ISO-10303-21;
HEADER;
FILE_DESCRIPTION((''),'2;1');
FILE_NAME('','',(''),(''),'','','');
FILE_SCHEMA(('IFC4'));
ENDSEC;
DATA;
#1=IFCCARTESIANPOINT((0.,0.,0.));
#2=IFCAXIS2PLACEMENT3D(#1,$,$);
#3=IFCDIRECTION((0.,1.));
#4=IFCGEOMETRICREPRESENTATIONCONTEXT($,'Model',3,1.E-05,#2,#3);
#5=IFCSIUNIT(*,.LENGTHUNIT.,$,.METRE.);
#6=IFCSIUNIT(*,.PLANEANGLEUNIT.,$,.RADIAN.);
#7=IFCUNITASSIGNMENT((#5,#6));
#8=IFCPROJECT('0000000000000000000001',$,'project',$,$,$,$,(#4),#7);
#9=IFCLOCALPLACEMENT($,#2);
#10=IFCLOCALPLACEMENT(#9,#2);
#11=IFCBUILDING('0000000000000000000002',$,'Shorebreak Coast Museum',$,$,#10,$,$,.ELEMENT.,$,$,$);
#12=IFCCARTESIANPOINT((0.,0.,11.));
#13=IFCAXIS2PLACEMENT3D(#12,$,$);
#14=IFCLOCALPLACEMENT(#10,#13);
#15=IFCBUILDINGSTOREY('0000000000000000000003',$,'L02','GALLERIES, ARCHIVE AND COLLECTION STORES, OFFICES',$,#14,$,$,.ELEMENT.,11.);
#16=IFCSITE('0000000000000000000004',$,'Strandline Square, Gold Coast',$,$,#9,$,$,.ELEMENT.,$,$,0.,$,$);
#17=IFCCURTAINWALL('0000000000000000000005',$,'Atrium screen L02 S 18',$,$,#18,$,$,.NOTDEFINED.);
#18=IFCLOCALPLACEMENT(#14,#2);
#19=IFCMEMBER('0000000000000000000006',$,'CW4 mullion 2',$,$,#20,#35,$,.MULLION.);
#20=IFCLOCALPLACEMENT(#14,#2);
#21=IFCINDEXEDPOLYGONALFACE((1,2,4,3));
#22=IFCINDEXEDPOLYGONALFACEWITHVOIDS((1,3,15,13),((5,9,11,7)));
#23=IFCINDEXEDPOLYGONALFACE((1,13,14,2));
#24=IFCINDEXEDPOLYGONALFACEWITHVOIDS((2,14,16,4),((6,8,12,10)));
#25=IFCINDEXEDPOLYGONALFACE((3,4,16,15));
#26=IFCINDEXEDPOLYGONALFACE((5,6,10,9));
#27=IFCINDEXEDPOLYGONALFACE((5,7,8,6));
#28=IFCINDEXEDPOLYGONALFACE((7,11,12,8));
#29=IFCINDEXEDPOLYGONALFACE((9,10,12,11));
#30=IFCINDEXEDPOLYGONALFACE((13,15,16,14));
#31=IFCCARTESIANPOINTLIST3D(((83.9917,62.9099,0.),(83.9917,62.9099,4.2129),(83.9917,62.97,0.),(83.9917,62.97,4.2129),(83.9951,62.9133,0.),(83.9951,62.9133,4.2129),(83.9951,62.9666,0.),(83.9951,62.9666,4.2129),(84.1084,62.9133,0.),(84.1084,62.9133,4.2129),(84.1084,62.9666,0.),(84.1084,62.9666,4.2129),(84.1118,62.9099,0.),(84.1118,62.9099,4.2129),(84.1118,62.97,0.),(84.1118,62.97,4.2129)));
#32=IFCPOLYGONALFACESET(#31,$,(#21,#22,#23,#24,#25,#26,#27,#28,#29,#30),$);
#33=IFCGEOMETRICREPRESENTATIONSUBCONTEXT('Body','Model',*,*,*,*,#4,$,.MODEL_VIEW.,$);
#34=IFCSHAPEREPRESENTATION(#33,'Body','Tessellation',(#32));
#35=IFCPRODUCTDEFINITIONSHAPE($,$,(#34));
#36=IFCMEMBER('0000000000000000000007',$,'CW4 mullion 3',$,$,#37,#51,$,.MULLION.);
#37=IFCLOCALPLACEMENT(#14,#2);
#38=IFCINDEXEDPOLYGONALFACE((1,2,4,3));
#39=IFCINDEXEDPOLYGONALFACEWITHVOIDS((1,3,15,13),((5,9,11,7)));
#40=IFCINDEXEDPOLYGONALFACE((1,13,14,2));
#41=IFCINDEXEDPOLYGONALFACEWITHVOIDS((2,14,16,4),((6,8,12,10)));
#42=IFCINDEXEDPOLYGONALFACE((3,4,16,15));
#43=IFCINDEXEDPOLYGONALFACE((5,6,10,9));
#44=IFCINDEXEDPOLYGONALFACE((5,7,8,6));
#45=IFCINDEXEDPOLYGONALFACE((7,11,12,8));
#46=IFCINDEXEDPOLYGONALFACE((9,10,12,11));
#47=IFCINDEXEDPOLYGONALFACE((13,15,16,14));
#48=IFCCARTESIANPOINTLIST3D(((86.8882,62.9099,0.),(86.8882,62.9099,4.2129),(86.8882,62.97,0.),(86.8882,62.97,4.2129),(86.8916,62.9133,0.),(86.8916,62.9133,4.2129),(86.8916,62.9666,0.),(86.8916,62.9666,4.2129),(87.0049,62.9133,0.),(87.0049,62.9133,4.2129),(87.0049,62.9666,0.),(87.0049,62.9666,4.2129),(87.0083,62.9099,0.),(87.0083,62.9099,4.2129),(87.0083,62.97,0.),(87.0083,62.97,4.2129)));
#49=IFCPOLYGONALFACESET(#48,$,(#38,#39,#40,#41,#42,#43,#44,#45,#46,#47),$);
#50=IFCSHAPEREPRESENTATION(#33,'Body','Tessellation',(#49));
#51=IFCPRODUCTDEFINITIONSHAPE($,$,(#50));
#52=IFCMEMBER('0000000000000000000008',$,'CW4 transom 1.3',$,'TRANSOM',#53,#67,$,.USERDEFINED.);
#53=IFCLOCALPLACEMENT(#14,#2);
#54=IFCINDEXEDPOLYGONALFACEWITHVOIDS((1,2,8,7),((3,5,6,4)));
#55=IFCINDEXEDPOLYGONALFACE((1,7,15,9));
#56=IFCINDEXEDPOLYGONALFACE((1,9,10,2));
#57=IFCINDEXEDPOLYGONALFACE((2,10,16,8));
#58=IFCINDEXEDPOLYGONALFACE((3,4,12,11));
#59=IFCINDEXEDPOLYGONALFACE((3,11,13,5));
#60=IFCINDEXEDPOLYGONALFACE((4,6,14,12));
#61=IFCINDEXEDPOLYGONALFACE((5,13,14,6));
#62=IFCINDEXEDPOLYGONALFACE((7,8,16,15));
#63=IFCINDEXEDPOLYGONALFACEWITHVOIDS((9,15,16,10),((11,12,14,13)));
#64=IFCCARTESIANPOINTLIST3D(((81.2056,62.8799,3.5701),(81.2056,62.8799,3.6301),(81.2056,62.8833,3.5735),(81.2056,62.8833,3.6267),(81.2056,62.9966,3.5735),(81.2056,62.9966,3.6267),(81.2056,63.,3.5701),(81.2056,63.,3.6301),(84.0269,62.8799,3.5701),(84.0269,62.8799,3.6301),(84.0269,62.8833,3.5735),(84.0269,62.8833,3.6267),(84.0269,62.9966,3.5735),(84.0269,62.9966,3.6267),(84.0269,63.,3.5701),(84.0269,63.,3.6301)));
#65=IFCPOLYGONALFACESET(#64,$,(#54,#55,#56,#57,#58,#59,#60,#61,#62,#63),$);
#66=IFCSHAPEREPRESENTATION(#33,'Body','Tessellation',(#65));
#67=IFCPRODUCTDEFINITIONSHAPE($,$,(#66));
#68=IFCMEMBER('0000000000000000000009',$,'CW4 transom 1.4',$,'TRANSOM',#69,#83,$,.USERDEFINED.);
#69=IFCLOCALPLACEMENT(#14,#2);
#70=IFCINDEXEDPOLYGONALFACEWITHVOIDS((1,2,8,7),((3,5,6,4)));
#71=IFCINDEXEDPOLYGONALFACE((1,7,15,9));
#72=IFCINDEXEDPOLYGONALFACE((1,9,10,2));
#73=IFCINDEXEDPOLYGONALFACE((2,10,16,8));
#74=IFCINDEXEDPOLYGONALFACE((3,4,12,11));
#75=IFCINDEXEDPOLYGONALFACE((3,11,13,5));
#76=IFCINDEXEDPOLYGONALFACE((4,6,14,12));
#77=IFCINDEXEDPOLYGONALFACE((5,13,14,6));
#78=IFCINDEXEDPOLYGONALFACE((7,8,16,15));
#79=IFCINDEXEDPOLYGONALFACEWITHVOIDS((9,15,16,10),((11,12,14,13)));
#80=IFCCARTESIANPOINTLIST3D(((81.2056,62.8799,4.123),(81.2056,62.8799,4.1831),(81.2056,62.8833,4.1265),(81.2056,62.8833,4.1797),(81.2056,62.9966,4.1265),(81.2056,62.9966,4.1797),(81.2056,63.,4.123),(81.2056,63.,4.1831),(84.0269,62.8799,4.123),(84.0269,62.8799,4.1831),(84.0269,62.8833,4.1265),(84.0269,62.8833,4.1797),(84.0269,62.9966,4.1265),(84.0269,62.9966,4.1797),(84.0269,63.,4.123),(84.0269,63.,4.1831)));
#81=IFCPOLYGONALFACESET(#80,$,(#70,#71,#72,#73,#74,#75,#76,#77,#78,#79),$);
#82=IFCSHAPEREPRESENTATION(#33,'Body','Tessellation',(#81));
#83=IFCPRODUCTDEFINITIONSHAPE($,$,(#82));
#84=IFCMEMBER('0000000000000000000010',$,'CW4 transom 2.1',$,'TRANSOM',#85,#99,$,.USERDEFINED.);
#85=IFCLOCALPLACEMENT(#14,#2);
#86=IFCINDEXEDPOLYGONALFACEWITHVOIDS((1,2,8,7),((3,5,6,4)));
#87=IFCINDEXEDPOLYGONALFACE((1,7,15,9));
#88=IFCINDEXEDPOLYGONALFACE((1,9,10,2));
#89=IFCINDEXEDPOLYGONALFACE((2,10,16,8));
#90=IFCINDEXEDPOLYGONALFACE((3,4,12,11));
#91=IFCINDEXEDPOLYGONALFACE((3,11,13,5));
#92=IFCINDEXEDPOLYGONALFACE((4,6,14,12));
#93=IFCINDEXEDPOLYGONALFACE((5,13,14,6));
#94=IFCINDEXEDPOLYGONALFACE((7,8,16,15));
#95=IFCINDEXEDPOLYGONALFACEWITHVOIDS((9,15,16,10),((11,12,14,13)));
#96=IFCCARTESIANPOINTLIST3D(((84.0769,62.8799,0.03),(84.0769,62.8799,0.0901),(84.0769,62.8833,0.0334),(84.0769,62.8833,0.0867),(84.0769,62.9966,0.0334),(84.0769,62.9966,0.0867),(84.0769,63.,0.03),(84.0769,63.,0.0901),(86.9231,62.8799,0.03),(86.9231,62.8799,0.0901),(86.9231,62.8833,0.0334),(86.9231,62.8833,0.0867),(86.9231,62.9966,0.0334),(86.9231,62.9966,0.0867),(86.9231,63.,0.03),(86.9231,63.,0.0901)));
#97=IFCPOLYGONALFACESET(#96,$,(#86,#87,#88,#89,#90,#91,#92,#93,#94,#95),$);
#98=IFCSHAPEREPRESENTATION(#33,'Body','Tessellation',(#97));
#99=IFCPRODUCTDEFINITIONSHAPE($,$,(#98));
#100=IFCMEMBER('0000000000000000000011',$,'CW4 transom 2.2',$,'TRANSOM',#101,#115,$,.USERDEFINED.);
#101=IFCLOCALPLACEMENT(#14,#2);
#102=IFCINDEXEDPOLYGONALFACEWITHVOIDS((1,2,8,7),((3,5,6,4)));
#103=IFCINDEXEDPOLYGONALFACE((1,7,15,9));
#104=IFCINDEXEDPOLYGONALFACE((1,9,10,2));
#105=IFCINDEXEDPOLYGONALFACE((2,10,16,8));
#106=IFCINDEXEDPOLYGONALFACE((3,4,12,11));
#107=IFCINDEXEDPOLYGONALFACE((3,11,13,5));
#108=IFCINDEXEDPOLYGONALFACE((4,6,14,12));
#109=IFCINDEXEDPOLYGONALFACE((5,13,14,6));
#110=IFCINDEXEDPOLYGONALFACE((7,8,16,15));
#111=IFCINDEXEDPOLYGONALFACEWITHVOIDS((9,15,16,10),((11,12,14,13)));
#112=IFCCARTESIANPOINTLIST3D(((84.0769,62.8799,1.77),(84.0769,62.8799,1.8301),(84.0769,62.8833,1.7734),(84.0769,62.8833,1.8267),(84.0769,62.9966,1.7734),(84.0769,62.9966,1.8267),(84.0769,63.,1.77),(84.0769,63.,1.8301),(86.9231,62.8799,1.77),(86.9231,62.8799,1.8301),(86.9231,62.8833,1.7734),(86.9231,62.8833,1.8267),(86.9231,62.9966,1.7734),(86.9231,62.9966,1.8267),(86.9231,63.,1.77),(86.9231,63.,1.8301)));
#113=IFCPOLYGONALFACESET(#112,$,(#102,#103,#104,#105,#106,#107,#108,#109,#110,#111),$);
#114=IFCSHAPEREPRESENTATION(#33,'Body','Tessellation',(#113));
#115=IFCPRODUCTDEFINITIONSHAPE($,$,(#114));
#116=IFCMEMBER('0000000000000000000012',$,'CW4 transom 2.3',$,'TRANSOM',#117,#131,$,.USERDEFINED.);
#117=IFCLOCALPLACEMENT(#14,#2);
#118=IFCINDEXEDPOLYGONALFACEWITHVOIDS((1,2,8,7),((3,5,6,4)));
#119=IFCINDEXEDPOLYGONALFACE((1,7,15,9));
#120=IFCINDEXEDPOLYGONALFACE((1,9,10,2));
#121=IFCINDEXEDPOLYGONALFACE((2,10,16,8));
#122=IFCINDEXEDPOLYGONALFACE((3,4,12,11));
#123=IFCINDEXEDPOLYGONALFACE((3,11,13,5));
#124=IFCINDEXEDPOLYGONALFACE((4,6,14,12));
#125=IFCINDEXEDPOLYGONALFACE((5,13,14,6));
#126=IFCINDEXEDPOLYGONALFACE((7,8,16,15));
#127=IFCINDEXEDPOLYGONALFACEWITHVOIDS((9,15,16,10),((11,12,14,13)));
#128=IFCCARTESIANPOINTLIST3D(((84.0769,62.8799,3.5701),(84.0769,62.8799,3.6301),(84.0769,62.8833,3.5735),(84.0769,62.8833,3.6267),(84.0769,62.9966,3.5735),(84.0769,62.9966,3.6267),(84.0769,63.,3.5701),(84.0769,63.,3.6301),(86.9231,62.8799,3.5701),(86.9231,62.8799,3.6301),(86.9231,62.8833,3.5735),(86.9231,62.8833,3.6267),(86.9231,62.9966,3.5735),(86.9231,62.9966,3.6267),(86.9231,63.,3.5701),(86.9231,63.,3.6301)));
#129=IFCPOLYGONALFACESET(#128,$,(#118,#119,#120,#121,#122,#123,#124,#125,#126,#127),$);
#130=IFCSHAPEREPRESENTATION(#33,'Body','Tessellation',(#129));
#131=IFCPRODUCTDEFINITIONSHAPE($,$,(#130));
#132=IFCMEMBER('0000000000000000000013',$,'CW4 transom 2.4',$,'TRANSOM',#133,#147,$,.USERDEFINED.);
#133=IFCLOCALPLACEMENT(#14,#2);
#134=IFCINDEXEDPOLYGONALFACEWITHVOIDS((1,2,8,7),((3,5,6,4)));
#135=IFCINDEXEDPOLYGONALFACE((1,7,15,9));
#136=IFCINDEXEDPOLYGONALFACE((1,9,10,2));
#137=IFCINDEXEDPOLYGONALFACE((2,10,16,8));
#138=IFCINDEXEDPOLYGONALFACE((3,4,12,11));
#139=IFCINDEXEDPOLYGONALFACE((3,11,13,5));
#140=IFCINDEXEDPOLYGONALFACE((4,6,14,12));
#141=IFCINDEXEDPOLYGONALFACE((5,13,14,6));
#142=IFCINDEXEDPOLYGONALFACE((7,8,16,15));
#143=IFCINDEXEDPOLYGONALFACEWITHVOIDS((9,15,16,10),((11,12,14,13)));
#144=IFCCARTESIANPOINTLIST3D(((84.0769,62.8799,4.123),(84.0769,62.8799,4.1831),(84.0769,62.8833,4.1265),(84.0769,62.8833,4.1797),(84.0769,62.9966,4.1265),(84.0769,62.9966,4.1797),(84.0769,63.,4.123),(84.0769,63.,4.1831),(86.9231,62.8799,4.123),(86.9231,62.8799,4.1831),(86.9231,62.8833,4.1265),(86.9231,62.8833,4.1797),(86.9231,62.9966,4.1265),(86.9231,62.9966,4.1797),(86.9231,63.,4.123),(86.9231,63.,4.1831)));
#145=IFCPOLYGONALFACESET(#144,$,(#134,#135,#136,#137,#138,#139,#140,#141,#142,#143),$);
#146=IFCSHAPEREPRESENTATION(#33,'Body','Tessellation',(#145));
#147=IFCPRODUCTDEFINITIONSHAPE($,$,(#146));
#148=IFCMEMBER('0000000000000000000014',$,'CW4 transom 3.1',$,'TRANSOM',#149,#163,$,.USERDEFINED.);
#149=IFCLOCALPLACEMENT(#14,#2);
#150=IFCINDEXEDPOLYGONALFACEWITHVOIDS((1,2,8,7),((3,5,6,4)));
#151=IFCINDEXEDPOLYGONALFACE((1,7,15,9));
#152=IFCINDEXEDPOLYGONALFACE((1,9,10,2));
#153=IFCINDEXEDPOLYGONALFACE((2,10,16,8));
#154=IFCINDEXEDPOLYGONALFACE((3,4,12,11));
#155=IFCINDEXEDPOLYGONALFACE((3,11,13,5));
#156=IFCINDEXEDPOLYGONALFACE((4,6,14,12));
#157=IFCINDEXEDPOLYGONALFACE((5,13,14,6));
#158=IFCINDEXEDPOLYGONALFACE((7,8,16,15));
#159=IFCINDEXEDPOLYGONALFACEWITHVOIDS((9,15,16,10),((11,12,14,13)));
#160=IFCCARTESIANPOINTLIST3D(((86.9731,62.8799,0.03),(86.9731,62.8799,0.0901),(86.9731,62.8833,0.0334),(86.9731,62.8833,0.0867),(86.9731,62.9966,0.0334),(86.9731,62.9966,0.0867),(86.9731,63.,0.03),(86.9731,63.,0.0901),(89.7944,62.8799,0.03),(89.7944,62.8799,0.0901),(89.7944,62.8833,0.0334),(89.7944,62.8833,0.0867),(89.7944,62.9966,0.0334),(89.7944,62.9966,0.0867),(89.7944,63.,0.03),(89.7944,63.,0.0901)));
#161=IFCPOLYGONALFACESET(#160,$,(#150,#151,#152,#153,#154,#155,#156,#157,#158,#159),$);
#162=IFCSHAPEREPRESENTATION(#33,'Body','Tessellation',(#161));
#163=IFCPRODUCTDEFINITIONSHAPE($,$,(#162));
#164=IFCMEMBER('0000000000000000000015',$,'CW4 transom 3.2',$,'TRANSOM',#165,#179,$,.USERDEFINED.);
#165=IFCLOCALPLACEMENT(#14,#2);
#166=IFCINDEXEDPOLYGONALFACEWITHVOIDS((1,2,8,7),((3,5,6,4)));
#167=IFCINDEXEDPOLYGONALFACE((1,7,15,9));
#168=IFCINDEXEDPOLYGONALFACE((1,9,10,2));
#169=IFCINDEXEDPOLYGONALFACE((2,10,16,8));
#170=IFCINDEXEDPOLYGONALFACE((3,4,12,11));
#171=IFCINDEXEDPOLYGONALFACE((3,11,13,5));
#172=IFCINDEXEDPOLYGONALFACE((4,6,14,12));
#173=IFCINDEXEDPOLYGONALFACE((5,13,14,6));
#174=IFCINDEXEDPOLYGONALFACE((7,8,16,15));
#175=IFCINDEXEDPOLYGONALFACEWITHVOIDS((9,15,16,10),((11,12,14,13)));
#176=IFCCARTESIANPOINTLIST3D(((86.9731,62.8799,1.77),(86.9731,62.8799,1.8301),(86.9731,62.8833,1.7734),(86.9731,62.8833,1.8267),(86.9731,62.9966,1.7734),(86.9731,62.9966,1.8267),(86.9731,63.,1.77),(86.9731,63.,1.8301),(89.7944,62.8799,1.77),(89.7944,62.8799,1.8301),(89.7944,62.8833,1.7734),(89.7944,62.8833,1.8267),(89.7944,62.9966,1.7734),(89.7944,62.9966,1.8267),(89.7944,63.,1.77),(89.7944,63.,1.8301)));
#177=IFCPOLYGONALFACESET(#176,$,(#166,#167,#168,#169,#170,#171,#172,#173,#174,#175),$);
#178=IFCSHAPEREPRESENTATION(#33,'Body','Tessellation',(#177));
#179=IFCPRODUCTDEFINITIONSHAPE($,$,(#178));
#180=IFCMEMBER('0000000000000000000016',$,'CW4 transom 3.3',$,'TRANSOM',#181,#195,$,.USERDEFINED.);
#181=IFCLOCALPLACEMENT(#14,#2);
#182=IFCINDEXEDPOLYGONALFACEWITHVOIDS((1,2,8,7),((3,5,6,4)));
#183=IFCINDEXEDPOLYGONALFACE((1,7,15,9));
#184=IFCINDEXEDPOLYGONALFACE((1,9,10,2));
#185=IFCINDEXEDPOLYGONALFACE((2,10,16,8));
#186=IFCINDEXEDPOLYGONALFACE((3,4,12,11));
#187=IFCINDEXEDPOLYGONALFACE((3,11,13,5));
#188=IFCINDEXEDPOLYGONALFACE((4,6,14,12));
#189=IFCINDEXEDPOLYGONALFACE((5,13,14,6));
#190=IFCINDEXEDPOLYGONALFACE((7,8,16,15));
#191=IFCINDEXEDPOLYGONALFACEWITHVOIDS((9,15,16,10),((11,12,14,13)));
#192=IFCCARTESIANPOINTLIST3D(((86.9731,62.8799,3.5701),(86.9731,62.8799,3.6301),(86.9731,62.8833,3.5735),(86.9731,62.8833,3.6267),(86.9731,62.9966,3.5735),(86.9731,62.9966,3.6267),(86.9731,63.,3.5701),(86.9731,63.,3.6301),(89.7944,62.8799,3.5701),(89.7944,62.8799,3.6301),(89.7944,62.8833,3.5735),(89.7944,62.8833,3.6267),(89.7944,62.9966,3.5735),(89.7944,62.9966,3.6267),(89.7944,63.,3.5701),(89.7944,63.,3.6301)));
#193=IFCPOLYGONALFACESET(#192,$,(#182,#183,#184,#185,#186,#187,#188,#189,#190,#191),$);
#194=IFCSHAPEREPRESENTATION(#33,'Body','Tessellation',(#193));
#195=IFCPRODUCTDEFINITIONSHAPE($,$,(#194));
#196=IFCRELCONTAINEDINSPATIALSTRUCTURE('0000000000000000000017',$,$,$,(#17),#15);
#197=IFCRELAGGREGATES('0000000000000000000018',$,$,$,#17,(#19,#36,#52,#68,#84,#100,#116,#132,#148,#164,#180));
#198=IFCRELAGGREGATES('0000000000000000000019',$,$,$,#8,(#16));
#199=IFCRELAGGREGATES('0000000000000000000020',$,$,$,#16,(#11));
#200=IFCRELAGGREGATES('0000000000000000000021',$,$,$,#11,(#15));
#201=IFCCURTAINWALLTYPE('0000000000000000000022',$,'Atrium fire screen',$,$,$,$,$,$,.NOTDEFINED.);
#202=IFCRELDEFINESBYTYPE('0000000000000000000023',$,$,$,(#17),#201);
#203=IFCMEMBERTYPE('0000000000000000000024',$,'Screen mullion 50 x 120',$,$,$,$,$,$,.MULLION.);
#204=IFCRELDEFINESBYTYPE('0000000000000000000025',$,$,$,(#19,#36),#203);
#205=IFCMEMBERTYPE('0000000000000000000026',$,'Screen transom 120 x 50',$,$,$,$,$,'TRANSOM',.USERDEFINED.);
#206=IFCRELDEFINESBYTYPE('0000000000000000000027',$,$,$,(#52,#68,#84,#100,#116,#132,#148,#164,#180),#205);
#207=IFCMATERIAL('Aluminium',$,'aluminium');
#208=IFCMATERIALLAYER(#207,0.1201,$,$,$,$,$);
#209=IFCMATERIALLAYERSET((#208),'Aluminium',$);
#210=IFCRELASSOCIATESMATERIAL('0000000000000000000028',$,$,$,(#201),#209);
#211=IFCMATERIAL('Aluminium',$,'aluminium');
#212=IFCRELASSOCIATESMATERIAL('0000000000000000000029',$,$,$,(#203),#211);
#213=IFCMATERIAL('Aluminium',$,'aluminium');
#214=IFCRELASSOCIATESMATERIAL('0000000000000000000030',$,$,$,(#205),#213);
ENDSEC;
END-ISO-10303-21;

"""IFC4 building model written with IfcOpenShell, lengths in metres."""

from ifc_helpers import new_model, si_unit, direction, frame, origin, origin_2d, place, context, subcontext, project, spatial, hollow_rectangle, extrude, material, layer, layer_set, material_profile, profile_set, type_object, element, aggregate, save


model = new_model("IFC4")

# Units and contexts
model_context = context("Model", 3, precision=1e-05, world=origin(), true_north=direction((0.0, 1.0)))
body_context = subcontext(model_context, "Body", "Model", "MODEL_VIEW")
ifc_project = project(units=[si_unit("LENGTHUNIT", "METRE"), si_unit("PLANEANGLEUNIT", "RADIAN")], contexts=[model_context])

# Site, building, storey
site_placement = place(None, origin())
site = spatial("IfcSite", under=ifc_project, at=site_placement, Name="Strandline Square, Gold Coast", CompositionType="ELEMENT", RefElevation=0.0)
building_placement = place(site_placement, origin())
building = spatial("IfcBuilding", under=site, at=building_placement, Name="Shorebreak Coast Museum", CompositionType="ELEMENT")
storey_placement = place(building_placement, frame((0.0, 0.0, 11.0)))
storey = spatial("IfcBuildingStorey", under=building, at=storey_placement, Name="L02", Description="GALLERIES, ARCHIVE AND COLLECTION STORES, OFFICES", CompositionType="ELEMENT", Elevation=11.0)

# Curtain wall, members
ifc_material_1 = material(Name="Aluminium", Category="aluminium")
ifc_layer_1 = layer(ifc_material_1, 0.1201)
ifc_layer_set_1 = layer_set([ifc_layer_1], Name="Aluminium")
curtain_wall_type = type_object("IfcCurtainWallType", Name="Atrium fire screen", PredefinedType="NOTDEFINED", material=ifc_layer_set_1)
curtain_wall_placement = place(storey_placement, origin())
curtain_wall = element("IfcCurtainWall", 1, at=curtain_wall_placement, inside=storey, type_object=curtain_wall_type, Name="Atrium screen L02 S 18", PredefinedType="NOTDEFINED")
ifc_material_2 = material(Name="Aluminium", Category="aluminium")
ifc_material_profile_1 = material_profile(ifc_material_2, hollow_rectangle(XDim=0.0601, YDim=0.1201, WallThickness=0.0034, at=origin_2d()), Name="AL 120x60 RHS")
ifc_profile_set_1 = profile_set([ifc_material_profile_1], Name="Aluminium")
member_type_1 = type_object("IfcMemberType", Name="Screen mullion 50 x 120", PredefinedType="MULLION", material=ifc_profile_set_1)
member_1_placement = place(storey_placement, frame((84.0518, 62.9399, 0.0), z_axis=(0.0, 0.0, 1.0), x_axis=(0.0, 1.0, 0.0)))
member_1 = element("IfcMember", 2, at=member_1_placement, type_object=member_type_1, Name="CW4 mullion 2", PredefinedType="MULLION", context=body_context, shape_type="SweptSolid", body=[
    extrude(hollow_rectangle(XDim=0.0601, YDim=0.1201, WallThickness=0.0034, at=origin_2d()), origin(), (0.0, 0.0, 1.0), 4.2129),
])
member_2_placement = place(storey_placement, frame((86.9482, 62.9399, 0.0), z_axis=(0.0, 0.0, 1.0), x_axis=(0.0, 1.0, 0.0)))
member_2 = element("IfcMember", 3, at=member_2_placement, type_object=member_type_1, Name="CW4 mullion 3", PredefinedType="MULLION", context=body_context, shape_type="SweptSolid", body=[
    extrude(hollow_rectangle(XDim=0.0601, YDim=0.1201, WallThickness=0.0034, at=origin_2d()), origin(), (0.0, 0.0, 1.0), 4.2129),
])
ifc_material_3 = material(Name="Aluminium", Category="aluminium")
ifc_material_profile_2 = material_profile(ifc_material_3, hollow_rectangle(XDim=0.1201, YDim=0.0601, WallThickness=0.0034, at=origin_2d()), Name="AL 60x120 RHS")
ifc_profile_set_2 = profile_set([ifc_material_profile_2], Name="Aluminium")
member_type_2 = type_object("IfcMemberType", Name="Screen transom 120 x 50", ElementType="TRANSOM", PredefinedType="USERDEFINED", material=ifc_profile_set_2)
member_3_placement = place(storey_placement, frame((81.2056, 62.9399, 3.6001), z_axis=(1.0, 0.0, 0.0), x_axis=(0.0, 1.0, 0.0)))
member_3 = element("IfcMember", 4, at=member_3_placement, type_object=member_type_2, Name="CW4 transom 1.3", ObjectType="TRANSOM", PredefinedType="USERDEFINED", context=body_context, shape_type="SweptSolid", body=[
    extrude(hollow_rectangle(XDim=0.1201, YDim=0.0601, WallThickness=0.0034, at=origin_2d()), origin(), (0.0, 0.0, 1.0), 2.8213),
])
member_4_placement = place(storey_placement, frame((81.2056, 62.9399, 4.1531), z_axis=(1.0, 0.0, 0.0), x_axis=(0.0, 1.0, 0.0)))
member_4 = element("IfcMember", 5, at=member_4_placement, type_object=member_type_2, Name="CW4 transom 1.4", ObjectType="TRANSOM", PredefinedType="USERDEFINED", context=body_context, shape_type="SweptSolid", body=[
    extrude(hollow_rectangle(XDim=0.1201, YDim=0.0601, WallThickness=0.0034, at=origin_2d()), origin(), (0.0, 0.0, 1.0), 2.8213),
])
member_5_placement = place(storey_placement, frame((84.0769, 62.9399, 0.0601), z_axis=(1.0, 0.0, 0.0), x_axis=(0.0, 1.0, 0.0)))
member_5 = element("IfcMember", 6, at=member_5_placement, type_object=member_type_2, Name="CW4 transom 2.1", ObjectType="TRANSOM", PredefinedType="USERDEFINED", context=body_context, shape_type="SweptSolid", body=[
    extrude(hollow_rectangle(XDim=0.1201, YDim=0.0601, WallThickness=0.0034, at=origin_2d()), origin(), (0.0, 0.0, 1.0), 2.8462),
])
member_6_placement = place(storey_placement, frame((84.0769, 62.9399, 1.8), z_axis=(1.0, 0.0, 0.0), x_axis=(0.0, 1.0, 0.0)))
member_6 = element("IfcMember", 7, at=member_6_placement, type_object=member_type_2, Name="CW4 transom 2.2", ObjectType="TRANSOM", PredefinedType="USERDEFINED", context=body_context, shape_type="SweptSolid", body=[
    extrude(hollow_rectangle(XDim=0.1201, YDim=0.0601, WallThickness=0.0034, at=origin_2d()), origin(), (0.0, 0.0, 1.0), 2.8462),
])
member_7_placement = place(storey_placement, frame((84.0769, 62.9399, 3.6001), z_axis=(1.0, 0.0, 0.0), x_axis=(0.0, 1.0, 0.0)))
member_7 = element("IfcMember", 8, at=member_7_placement, type_object=member_type_2, Name="CW4 transom 2.3", ObjectType="TRANSOM", PredefinedType="USERDEFINED", context=body_context, shape_type="SweptSolid", body=[
    extrude(hollow_rectangle(XDim=0.1201, YDim=0.0601, WallThickness=0.0034, at=origin_2d()), origin(), (0.0, 0.0, 1.0), 2.8462),
])
member_8_placement = place(storey_placement, frame((84.0769, 62.9399, 4.1531), z_axis=(1.0, 0.0, 0.0), x_axis=(0.0, 1.0, 0.0)))
member_8 = element("IfcMember", 9, at=member_8_placement, type_object=member_type_2, Name="CW4 transom 2.4", ObjectType="TRANSOM", PredefinedType="USERDEFINED", context=body_context, shape_type="SweptSolid", body=[
    extrude(hollow_rectangle(XDim=0.1201, YDim=0.0601, WallThickness=0.0034, at=origin_2d()), origin(), (0.0, 0.0, 1.0), 2.8462),
])
member_9_placement = place(storey_placement, frame((86.9731, 62.9399, 0.0601), z_axis=(1.0, 0.0, 0.0), x_axis=(0.0, 1.0, 0.0)))
member_9 = element("IfcMember", 10, at=member_9_placement, type_object=member_type_2, Name="CW4 transom 3.1", ObjectType="TRANSOM", PredefinedType="USERDEFINED", context=body_context, shape_type="SweptSolid", body=[
    extrude(hollow_rectangle(XDim=0.1201, YDim=0.0601, WallThickness=0.0034, at=origin_2d()), origin(), (0.0, 0.0, 1.0), 2.8213),
])
member_10_placement = place(storey_placement, frame((86.9731, 62.9399, 1.8), z_axis=(1.0, 0.0, 0.0), x_axis=(0.0, 1.0, 0.0)))
member_10 = element("IfcMember", 11, at=member_10_placement, type_object=member_type_2, Name="CW4 transom 3.2", ObjectType="TRANSOM", PredefinedType="USERDEFINED", context=body_context, shape_type="SweptSolid", body=[
    extrude(hollow_rectangle(XDim=0.1201, YDim=0.0601, WallThickness=0.0034, at=origin_2d()), origin(), (0.0, 0.0, 1.0), 2.8213),
])
member_11_placement = place(storey_placement, frame((86.9731, 62.9399, 3.6001), z_axis=(1.0, 0.0, 0.0), x_axis=(0.0, 1.0, 0.0)))
member_11 = element("IfcMember", 12, at=member_11_placement, type_object=member_type_2, Name="CW4 transom 3.3", ObjectType="TRANSOM", PredefinedType="USERDEFINED", context=body_context, shape_type="SweptSolid", body=[
    extrude(hollow_rectangle(XDim=0.1201, YDim=0.0601, WallThickness=0.0034, at=origin_2d()), origin(), (0.0, 0.0, 1.0), 2.8213),
])
aggregate(curtain_wall, [member_1, member_2, member_3, member_4, member_5, member_6, member_7, member_8, member_9, member_10, member_11])

save(model, "model.ifc")
